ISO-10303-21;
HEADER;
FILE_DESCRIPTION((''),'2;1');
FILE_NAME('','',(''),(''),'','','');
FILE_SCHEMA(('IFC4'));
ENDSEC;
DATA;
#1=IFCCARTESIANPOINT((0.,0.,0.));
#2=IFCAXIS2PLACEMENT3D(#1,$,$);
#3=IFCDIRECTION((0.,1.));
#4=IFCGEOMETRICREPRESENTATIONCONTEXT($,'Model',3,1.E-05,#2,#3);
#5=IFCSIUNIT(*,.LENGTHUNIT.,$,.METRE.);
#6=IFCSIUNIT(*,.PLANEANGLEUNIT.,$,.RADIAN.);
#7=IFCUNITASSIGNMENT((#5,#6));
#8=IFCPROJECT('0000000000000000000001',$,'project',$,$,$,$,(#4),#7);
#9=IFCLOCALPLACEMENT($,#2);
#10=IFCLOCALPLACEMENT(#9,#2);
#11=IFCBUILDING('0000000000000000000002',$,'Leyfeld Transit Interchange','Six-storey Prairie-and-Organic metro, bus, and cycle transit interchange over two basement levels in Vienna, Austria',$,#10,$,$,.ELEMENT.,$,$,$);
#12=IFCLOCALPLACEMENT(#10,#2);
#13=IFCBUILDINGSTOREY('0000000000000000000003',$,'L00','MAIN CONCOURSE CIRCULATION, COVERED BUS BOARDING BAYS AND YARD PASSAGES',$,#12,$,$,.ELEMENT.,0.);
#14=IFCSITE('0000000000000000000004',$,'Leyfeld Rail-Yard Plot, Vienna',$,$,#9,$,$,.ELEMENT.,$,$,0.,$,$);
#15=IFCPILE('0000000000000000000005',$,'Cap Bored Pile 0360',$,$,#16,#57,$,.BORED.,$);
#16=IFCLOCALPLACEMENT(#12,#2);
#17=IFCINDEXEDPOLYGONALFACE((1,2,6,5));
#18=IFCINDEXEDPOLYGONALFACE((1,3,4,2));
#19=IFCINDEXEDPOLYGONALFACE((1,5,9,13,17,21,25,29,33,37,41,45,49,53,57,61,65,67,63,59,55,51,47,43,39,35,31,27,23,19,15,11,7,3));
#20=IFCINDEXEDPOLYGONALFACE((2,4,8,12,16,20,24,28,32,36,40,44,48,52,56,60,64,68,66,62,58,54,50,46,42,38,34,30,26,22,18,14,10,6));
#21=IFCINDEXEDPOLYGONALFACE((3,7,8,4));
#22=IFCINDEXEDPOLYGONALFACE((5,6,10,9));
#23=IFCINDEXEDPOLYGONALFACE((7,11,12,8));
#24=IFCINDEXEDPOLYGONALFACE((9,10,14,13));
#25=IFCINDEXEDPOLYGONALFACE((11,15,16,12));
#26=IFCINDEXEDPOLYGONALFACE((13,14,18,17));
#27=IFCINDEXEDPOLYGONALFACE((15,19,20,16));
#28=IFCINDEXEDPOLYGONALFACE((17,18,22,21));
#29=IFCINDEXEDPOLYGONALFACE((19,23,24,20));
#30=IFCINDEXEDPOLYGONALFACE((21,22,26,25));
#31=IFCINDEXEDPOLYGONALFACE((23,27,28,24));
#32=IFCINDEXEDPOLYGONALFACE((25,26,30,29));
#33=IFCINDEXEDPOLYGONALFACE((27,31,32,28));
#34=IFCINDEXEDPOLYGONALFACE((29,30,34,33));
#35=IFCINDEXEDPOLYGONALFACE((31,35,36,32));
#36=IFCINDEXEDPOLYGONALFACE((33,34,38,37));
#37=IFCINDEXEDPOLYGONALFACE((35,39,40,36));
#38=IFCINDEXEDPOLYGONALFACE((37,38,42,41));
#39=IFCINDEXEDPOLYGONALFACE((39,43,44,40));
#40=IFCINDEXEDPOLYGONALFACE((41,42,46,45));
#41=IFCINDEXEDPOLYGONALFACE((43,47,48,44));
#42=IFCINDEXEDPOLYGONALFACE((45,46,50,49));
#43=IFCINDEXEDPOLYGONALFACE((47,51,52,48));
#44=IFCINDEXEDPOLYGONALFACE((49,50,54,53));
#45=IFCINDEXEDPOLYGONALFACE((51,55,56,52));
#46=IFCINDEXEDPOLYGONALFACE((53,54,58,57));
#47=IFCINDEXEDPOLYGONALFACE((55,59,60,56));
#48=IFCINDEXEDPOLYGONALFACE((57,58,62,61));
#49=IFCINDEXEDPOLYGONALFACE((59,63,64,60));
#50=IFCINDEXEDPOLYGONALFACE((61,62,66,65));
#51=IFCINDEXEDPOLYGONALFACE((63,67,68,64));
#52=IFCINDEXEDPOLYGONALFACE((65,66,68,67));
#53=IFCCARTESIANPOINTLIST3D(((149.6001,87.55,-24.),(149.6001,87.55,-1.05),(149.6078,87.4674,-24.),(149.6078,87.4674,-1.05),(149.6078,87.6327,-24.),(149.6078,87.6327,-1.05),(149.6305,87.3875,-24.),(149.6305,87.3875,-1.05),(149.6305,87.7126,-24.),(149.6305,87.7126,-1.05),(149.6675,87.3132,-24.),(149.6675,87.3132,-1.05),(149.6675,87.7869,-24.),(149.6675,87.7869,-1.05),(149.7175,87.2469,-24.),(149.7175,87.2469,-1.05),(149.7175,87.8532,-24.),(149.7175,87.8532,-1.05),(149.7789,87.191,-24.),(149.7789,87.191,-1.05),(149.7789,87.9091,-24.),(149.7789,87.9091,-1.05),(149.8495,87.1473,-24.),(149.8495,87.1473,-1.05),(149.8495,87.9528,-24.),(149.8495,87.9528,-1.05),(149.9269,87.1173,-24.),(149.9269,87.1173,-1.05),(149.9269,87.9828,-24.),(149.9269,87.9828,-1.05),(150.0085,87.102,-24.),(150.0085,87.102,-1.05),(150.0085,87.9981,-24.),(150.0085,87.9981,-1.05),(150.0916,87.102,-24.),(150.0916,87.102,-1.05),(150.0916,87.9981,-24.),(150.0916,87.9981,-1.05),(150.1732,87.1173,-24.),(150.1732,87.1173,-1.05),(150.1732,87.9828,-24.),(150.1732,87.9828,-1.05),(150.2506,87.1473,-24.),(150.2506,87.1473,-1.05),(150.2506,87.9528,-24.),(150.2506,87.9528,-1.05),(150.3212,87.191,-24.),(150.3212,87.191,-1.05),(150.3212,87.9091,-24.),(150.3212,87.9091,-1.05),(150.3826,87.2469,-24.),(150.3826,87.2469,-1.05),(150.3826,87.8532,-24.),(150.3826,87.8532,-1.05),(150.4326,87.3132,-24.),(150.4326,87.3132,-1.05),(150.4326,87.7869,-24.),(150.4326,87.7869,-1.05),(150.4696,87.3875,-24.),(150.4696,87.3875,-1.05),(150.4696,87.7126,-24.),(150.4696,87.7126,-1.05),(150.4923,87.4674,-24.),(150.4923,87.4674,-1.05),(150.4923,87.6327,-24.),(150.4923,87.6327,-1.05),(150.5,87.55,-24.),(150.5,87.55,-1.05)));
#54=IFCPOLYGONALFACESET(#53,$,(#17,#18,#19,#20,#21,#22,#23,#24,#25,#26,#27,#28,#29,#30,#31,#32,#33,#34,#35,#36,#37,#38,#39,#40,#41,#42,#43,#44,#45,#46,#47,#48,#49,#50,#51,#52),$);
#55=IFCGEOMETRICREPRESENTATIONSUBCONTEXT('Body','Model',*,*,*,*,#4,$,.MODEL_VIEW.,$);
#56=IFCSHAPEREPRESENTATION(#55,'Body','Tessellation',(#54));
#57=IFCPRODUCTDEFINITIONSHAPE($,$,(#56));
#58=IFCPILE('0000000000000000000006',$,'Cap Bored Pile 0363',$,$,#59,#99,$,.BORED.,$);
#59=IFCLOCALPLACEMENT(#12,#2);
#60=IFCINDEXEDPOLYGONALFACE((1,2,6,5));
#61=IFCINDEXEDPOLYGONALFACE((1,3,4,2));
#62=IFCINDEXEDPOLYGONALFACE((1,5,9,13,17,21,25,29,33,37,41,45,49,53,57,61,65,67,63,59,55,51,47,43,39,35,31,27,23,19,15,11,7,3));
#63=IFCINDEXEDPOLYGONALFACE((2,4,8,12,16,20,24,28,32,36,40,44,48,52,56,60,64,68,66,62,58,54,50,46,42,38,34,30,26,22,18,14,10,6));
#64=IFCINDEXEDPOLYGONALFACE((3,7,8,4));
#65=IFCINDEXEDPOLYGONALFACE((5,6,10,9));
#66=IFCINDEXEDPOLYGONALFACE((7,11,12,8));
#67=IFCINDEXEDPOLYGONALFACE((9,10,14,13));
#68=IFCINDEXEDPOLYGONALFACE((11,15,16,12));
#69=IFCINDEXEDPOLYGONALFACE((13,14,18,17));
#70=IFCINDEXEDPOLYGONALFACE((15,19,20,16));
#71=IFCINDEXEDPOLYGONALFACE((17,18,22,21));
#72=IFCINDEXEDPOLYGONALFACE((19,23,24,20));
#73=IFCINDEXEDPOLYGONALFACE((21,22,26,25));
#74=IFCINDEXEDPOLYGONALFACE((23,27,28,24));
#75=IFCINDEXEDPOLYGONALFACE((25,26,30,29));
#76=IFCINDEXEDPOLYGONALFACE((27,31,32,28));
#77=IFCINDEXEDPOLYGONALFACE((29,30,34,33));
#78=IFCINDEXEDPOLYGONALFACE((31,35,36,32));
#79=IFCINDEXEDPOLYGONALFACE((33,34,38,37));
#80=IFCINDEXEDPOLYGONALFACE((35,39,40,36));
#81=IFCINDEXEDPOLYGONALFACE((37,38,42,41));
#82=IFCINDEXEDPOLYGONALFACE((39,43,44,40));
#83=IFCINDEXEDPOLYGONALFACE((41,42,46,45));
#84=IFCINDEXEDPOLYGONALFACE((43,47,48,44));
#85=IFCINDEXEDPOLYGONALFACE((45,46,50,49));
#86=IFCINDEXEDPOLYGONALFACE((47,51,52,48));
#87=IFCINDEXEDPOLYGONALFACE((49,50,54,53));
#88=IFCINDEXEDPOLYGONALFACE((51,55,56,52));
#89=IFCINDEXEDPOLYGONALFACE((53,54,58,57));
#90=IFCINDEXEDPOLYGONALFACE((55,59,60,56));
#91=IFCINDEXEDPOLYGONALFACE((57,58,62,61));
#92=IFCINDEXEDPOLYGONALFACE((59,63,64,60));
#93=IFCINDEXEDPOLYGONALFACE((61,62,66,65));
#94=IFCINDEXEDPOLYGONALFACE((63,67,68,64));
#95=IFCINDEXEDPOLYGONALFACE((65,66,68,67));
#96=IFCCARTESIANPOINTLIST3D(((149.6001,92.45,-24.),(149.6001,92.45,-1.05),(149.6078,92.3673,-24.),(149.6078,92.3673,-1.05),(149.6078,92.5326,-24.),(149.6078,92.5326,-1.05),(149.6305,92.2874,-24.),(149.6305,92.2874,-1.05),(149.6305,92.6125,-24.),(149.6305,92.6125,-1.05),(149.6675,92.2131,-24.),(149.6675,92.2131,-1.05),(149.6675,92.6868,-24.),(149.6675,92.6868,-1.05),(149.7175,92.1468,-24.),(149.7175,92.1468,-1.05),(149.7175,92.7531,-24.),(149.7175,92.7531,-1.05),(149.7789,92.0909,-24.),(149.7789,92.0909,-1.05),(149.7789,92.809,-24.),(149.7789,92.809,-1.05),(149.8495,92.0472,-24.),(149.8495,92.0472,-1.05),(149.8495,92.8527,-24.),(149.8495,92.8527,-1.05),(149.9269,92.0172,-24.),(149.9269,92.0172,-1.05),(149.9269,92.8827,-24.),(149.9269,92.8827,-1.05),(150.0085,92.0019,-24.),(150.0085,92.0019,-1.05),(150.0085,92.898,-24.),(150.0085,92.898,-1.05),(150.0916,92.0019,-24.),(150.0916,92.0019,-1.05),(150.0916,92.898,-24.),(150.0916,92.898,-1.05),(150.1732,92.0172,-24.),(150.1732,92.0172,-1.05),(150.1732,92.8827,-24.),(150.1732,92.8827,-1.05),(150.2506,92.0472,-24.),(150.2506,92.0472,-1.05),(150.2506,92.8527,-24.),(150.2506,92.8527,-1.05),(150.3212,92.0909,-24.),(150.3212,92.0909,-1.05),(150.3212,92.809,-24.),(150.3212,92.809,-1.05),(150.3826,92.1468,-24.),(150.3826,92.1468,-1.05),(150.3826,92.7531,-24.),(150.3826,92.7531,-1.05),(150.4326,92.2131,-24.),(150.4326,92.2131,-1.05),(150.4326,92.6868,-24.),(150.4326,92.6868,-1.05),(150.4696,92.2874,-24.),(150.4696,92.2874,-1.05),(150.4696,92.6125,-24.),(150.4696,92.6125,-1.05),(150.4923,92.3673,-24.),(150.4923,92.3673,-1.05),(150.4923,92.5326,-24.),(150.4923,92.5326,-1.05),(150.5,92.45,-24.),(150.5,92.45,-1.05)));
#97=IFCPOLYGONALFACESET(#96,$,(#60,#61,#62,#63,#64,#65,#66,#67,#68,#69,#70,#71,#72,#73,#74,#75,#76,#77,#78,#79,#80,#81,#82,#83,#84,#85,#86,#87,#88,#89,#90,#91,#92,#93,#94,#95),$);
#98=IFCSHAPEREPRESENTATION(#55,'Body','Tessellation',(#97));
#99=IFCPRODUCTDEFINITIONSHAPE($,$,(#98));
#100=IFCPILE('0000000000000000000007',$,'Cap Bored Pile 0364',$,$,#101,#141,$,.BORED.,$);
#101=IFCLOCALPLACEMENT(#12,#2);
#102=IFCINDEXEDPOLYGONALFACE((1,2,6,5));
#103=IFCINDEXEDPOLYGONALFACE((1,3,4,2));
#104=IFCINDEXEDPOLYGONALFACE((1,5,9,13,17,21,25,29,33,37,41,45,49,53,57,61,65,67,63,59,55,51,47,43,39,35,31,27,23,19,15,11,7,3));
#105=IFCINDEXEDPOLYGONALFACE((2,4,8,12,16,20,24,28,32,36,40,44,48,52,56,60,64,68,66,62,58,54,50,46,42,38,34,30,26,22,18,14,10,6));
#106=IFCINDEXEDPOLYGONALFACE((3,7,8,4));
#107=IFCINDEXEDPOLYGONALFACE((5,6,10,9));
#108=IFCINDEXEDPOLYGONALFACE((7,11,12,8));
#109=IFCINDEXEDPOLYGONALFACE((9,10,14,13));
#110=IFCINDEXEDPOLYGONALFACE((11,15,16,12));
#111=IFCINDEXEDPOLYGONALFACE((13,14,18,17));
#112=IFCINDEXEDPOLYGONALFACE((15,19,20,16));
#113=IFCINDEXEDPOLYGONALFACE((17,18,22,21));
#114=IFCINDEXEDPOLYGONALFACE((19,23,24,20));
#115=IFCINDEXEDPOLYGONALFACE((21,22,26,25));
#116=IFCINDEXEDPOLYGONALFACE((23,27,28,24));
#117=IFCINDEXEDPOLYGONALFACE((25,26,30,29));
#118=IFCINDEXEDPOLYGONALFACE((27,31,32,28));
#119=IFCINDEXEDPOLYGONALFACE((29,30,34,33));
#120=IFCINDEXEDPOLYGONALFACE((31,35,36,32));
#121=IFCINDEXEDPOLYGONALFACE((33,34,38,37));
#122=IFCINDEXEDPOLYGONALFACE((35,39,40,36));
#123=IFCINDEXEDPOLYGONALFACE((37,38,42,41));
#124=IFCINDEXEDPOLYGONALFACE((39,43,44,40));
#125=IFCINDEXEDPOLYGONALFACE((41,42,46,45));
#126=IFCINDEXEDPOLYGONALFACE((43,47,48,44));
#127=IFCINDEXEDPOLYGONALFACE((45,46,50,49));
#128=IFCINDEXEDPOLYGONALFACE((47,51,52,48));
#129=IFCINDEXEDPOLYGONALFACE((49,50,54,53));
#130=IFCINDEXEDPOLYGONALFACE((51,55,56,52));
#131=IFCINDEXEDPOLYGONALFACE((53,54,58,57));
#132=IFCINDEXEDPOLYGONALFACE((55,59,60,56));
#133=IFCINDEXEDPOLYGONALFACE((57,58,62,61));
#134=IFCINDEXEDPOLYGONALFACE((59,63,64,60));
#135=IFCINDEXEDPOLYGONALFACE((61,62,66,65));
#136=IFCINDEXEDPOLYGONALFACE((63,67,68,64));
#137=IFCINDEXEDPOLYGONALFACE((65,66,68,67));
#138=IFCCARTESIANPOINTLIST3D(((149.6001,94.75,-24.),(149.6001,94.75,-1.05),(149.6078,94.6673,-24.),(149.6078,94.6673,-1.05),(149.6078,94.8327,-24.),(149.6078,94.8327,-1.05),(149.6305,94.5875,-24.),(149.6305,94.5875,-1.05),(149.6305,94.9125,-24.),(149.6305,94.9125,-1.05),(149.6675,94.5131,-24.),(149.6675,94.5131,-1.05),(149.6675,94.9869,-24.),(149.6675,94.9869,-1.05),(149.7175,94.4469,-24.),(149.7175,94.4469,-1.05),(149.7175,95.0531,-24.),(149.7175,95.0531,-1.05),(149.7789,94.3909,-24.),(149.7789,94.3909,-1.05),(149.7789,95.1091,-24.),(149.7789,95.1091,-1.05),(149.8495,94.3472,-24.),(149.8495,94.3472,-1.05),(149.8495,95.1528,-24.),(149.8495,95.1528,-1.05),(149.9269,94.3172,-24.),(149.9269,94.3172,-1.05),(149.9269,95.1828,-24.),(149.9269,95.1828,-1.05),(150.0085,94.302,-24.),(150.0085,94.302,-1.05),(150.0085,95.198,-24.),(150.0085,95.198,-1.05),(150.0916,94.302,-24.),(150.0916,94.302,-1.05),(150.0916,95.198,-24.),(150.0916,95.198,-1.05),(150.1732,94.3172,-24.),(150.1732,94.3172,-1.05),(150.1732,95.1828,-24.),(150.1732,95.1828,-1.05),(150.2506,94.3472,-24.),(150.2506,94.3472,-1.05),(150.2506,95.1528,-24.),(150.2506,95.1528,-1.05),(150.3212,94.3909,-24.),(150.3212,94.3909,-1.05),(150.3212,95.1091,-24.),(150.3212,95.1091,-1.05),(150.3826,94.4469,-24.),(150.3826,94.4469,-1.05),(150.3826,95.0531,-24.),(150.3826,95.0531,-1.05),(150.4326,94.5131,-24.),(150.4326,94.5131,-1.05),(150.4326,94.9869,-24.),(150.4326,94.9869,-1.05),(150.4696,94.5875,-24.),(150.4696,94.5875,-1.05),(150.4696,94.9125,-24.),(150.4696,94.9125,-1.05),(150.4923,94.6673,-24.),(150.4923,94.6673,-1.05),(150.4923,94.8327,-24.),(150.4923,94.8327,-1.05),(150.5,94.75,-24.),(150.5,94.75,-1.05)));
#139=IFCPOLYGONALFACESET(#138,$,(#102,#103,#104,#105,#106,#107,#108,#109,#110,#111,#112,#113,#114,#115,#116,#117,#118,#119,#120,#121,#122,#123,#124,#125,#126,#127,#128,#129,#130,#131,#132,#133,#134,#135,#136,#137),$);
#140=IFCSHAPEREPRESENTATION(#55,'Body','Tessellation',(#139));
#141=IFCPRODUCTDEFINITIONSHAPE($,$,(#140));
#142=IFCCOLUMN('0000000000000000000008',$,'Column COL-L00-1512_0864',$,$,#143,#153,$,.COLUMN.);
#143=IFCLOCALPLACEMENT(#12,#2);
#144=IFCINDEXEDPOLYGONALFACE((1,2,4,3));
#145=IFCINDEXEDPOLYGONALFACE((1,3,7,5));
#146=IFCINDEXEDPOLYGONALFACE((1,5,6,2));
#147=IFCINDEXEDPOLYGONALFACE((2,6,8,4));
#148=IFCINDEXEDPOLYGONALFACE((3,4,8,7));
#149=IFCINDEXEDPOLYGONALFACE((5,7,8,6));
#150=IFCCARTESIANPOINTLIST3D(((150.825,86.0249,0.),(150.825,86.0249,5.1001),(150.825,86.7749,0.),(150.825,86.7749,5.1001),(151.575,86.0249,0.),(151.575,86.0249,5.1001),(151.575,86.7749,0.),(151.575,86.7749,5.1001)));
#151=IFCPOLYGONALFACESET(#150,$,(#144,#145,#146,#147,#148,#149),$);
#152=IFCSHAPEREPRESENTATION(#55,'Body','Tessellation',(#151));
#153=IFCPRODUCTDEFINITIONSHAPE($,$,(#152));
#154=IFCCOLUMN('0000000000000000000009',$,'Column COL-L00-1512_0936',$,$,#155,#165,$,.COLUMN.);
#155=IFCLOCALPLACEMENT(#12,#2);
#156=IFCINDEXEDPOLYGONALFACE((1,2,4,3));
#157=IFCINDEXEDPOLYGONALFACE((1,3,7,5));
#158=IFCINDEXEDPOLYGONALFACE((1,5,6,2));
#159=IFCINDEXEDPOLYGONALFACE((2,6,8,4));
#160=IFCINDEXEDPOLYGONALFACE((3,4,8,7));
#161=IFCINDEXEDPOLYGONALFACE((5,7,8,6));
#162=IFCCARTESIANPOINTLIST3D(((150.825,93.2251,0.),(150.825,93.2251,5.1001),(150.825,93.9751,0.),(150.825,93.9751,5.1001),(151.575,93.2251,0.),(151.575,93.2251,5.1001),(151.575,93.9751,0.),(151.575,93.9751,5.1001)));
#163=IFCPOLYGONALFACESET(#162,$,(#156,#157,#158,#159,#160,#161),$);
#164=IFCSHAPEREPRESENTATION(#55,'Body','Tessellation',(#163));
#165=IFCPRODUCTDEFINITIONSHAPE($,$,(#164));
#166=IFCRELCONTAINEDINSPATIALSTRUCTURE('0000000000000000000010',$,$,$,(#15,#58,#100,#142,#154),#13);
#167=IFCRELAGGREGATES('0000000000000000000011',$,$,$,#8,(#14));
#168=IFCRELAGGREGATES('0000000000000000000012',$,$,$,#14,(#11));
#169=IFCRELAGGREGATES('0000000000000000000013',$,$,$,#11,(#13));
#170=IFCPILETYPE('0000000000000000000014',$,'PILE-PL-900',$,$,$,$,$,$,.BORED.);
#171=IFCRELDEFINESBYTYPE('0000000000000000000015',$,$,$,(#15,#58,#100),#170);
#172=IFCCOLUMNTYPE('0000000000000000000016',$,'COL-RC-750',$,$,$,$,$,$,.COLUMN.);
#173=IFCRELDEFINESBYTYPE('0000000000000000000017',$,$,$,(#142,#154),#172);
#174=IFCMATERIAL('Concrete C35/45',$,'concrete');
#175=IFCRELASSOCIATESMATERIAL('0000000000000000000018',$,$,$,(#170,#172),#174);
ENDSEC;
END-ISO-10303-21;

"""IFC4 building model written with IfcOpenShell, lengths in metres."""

from ifc_helpers import new_model, si_unit, direction, frame, origin, origin_2d, place, context, subcontext, project, spatial, rectangle, circle, extrude, material, material_profile, profile_set, type_object, element, save


model = new_model("IFC4")

# Units and contexts
model_context = context("Model", 3, precision=1e-05, world=origin(), true_north=direction((0.0, 1.0)))
body_context = subcontext(model_context, "Body", "Model", "MODEL_VIEW")
ifc_project = project(units=[si_unit("LENGTHUNIT", "METRE"), si_unit("PLANEANGLEUNIT", "RADIAN")], contexts=[model_context])

# Site, building, storey
site_placement = place(None, origin())
site = spatial("IfcSite", under=ifc_project, at=site_placement, Name="Leyfeld Rail-Yard Plot, Vienna", CompositionType="ELEMENT", RefElevation=0.0)
building_placement = place(site_placement, origin())
building = spatial("IfcBuilding", under=site, at=building_placement, Name="Leyfeld Transit Interchange", Description="Six-storey Prairie-and-Organic metro, bus, and cycle transit interchange over two basement levels in Vienna, Austria", CompositionType="ELEMENT")
storey_placement = place(building_placement, origin())
storey = spatial("IfcBuildingStorey", under=building, at=storey_placement, Name="L00", Description="MAIN CONCOURSE CIRCULATION, COVERED BUS BOARDING BAYS AND YARD PASSAGES", CompositionType="ELEMENT", Elevation=0.0)

# Shared definitions
ifc_material_1 = material(Name="Concrete C35/45", Category="concrete")

# Piles
ifc_material_profile_1 = material_profile(ifc_material_1, circle(Radius=0.45, at=origin_2d()), Name="PILE D900")
ifc_profile_set_1 = profile_set([ifc_material_profile_1], Name="Concrete C35/45")
pile_type = type_object("IfcPileType", Name="PILE-PL-900", PredefinedType="BORED", material=ifc_profile_set_1)
for number, where, z_axis, x_axis, name in (
    (1, (150.05, 87.55, -1.05), (0.0, 0.0, -1.0), (1.0, 0.0, 0.0), "Cap Bored Pile 0360"),
    (2, (150.05, 92.45, -1.05), (0.0, 0.0, -1.0), (1.0, 0.0, 0.0), "Cap Bored Pile 0363"),
    (3, (150.05, 94.75, -1.05), (0.0, 0.0, -1.0), (1.0, 0.0, 0.0), "Cap Bored Pile 0364"),
):
    element("IfcPile", number, at=place(storey_placement, frame(where, z_axis=z_axis, x_axis=x_axis)), inside=storey, type_object=pile_type, Name=name, PredefinedType="BORED", context=body_context, shape_type="SweptSolid", body=[
        extrude(circle(Radius=0.45, at=origin_2d()), origin(), (0.0, 0.0, 1.0), 22.95),
    ])

# Columns
ifc_material_profile_2 = material_profile(ifc_material_1, rectangle(XDim=0.75, YDim=0.75, at=origin_2d()), Name="RC 750x750")
ifc_profile_set_2 = profile_set([ifc_material_profile_2], Name="Concrete C35/45")
column_type = type_object("IfcColumnType", Name="COL-RC-750", PredefinedType="COLUMN", material=ifc_profile_set_2)
for number, where, z_axis, x_axis, name in (
    (4, (151.2, 86.3999, 0.0), (0.0, 0.0, 1.0), (1.0, 0.0, 0.0), "Column COL-L00-1512_0864"),
    (5, (151.2, 93.6001, 0.0), (0.0, 0.0, 1.0), (1.0, 0.0, 0.0), "Column COL-L00-1512_0936"),
):
    element("IfcColumn", number, at=place(storey_placement, frame(where, z_axis=z_axis, x_axis=x_axis)), inside=storey, type_object=column_type, Name=name, PredefinedType="COLUMN", context=body_context, shape_type="SweptSolid", body=[
        extrude(rectangle(XDim=0.75, YDim=0.75, at=origin_2d()), origin(), (0.0, 0.0, 1.0), 5.1001),
    ])

save(model, "model.ifc")
